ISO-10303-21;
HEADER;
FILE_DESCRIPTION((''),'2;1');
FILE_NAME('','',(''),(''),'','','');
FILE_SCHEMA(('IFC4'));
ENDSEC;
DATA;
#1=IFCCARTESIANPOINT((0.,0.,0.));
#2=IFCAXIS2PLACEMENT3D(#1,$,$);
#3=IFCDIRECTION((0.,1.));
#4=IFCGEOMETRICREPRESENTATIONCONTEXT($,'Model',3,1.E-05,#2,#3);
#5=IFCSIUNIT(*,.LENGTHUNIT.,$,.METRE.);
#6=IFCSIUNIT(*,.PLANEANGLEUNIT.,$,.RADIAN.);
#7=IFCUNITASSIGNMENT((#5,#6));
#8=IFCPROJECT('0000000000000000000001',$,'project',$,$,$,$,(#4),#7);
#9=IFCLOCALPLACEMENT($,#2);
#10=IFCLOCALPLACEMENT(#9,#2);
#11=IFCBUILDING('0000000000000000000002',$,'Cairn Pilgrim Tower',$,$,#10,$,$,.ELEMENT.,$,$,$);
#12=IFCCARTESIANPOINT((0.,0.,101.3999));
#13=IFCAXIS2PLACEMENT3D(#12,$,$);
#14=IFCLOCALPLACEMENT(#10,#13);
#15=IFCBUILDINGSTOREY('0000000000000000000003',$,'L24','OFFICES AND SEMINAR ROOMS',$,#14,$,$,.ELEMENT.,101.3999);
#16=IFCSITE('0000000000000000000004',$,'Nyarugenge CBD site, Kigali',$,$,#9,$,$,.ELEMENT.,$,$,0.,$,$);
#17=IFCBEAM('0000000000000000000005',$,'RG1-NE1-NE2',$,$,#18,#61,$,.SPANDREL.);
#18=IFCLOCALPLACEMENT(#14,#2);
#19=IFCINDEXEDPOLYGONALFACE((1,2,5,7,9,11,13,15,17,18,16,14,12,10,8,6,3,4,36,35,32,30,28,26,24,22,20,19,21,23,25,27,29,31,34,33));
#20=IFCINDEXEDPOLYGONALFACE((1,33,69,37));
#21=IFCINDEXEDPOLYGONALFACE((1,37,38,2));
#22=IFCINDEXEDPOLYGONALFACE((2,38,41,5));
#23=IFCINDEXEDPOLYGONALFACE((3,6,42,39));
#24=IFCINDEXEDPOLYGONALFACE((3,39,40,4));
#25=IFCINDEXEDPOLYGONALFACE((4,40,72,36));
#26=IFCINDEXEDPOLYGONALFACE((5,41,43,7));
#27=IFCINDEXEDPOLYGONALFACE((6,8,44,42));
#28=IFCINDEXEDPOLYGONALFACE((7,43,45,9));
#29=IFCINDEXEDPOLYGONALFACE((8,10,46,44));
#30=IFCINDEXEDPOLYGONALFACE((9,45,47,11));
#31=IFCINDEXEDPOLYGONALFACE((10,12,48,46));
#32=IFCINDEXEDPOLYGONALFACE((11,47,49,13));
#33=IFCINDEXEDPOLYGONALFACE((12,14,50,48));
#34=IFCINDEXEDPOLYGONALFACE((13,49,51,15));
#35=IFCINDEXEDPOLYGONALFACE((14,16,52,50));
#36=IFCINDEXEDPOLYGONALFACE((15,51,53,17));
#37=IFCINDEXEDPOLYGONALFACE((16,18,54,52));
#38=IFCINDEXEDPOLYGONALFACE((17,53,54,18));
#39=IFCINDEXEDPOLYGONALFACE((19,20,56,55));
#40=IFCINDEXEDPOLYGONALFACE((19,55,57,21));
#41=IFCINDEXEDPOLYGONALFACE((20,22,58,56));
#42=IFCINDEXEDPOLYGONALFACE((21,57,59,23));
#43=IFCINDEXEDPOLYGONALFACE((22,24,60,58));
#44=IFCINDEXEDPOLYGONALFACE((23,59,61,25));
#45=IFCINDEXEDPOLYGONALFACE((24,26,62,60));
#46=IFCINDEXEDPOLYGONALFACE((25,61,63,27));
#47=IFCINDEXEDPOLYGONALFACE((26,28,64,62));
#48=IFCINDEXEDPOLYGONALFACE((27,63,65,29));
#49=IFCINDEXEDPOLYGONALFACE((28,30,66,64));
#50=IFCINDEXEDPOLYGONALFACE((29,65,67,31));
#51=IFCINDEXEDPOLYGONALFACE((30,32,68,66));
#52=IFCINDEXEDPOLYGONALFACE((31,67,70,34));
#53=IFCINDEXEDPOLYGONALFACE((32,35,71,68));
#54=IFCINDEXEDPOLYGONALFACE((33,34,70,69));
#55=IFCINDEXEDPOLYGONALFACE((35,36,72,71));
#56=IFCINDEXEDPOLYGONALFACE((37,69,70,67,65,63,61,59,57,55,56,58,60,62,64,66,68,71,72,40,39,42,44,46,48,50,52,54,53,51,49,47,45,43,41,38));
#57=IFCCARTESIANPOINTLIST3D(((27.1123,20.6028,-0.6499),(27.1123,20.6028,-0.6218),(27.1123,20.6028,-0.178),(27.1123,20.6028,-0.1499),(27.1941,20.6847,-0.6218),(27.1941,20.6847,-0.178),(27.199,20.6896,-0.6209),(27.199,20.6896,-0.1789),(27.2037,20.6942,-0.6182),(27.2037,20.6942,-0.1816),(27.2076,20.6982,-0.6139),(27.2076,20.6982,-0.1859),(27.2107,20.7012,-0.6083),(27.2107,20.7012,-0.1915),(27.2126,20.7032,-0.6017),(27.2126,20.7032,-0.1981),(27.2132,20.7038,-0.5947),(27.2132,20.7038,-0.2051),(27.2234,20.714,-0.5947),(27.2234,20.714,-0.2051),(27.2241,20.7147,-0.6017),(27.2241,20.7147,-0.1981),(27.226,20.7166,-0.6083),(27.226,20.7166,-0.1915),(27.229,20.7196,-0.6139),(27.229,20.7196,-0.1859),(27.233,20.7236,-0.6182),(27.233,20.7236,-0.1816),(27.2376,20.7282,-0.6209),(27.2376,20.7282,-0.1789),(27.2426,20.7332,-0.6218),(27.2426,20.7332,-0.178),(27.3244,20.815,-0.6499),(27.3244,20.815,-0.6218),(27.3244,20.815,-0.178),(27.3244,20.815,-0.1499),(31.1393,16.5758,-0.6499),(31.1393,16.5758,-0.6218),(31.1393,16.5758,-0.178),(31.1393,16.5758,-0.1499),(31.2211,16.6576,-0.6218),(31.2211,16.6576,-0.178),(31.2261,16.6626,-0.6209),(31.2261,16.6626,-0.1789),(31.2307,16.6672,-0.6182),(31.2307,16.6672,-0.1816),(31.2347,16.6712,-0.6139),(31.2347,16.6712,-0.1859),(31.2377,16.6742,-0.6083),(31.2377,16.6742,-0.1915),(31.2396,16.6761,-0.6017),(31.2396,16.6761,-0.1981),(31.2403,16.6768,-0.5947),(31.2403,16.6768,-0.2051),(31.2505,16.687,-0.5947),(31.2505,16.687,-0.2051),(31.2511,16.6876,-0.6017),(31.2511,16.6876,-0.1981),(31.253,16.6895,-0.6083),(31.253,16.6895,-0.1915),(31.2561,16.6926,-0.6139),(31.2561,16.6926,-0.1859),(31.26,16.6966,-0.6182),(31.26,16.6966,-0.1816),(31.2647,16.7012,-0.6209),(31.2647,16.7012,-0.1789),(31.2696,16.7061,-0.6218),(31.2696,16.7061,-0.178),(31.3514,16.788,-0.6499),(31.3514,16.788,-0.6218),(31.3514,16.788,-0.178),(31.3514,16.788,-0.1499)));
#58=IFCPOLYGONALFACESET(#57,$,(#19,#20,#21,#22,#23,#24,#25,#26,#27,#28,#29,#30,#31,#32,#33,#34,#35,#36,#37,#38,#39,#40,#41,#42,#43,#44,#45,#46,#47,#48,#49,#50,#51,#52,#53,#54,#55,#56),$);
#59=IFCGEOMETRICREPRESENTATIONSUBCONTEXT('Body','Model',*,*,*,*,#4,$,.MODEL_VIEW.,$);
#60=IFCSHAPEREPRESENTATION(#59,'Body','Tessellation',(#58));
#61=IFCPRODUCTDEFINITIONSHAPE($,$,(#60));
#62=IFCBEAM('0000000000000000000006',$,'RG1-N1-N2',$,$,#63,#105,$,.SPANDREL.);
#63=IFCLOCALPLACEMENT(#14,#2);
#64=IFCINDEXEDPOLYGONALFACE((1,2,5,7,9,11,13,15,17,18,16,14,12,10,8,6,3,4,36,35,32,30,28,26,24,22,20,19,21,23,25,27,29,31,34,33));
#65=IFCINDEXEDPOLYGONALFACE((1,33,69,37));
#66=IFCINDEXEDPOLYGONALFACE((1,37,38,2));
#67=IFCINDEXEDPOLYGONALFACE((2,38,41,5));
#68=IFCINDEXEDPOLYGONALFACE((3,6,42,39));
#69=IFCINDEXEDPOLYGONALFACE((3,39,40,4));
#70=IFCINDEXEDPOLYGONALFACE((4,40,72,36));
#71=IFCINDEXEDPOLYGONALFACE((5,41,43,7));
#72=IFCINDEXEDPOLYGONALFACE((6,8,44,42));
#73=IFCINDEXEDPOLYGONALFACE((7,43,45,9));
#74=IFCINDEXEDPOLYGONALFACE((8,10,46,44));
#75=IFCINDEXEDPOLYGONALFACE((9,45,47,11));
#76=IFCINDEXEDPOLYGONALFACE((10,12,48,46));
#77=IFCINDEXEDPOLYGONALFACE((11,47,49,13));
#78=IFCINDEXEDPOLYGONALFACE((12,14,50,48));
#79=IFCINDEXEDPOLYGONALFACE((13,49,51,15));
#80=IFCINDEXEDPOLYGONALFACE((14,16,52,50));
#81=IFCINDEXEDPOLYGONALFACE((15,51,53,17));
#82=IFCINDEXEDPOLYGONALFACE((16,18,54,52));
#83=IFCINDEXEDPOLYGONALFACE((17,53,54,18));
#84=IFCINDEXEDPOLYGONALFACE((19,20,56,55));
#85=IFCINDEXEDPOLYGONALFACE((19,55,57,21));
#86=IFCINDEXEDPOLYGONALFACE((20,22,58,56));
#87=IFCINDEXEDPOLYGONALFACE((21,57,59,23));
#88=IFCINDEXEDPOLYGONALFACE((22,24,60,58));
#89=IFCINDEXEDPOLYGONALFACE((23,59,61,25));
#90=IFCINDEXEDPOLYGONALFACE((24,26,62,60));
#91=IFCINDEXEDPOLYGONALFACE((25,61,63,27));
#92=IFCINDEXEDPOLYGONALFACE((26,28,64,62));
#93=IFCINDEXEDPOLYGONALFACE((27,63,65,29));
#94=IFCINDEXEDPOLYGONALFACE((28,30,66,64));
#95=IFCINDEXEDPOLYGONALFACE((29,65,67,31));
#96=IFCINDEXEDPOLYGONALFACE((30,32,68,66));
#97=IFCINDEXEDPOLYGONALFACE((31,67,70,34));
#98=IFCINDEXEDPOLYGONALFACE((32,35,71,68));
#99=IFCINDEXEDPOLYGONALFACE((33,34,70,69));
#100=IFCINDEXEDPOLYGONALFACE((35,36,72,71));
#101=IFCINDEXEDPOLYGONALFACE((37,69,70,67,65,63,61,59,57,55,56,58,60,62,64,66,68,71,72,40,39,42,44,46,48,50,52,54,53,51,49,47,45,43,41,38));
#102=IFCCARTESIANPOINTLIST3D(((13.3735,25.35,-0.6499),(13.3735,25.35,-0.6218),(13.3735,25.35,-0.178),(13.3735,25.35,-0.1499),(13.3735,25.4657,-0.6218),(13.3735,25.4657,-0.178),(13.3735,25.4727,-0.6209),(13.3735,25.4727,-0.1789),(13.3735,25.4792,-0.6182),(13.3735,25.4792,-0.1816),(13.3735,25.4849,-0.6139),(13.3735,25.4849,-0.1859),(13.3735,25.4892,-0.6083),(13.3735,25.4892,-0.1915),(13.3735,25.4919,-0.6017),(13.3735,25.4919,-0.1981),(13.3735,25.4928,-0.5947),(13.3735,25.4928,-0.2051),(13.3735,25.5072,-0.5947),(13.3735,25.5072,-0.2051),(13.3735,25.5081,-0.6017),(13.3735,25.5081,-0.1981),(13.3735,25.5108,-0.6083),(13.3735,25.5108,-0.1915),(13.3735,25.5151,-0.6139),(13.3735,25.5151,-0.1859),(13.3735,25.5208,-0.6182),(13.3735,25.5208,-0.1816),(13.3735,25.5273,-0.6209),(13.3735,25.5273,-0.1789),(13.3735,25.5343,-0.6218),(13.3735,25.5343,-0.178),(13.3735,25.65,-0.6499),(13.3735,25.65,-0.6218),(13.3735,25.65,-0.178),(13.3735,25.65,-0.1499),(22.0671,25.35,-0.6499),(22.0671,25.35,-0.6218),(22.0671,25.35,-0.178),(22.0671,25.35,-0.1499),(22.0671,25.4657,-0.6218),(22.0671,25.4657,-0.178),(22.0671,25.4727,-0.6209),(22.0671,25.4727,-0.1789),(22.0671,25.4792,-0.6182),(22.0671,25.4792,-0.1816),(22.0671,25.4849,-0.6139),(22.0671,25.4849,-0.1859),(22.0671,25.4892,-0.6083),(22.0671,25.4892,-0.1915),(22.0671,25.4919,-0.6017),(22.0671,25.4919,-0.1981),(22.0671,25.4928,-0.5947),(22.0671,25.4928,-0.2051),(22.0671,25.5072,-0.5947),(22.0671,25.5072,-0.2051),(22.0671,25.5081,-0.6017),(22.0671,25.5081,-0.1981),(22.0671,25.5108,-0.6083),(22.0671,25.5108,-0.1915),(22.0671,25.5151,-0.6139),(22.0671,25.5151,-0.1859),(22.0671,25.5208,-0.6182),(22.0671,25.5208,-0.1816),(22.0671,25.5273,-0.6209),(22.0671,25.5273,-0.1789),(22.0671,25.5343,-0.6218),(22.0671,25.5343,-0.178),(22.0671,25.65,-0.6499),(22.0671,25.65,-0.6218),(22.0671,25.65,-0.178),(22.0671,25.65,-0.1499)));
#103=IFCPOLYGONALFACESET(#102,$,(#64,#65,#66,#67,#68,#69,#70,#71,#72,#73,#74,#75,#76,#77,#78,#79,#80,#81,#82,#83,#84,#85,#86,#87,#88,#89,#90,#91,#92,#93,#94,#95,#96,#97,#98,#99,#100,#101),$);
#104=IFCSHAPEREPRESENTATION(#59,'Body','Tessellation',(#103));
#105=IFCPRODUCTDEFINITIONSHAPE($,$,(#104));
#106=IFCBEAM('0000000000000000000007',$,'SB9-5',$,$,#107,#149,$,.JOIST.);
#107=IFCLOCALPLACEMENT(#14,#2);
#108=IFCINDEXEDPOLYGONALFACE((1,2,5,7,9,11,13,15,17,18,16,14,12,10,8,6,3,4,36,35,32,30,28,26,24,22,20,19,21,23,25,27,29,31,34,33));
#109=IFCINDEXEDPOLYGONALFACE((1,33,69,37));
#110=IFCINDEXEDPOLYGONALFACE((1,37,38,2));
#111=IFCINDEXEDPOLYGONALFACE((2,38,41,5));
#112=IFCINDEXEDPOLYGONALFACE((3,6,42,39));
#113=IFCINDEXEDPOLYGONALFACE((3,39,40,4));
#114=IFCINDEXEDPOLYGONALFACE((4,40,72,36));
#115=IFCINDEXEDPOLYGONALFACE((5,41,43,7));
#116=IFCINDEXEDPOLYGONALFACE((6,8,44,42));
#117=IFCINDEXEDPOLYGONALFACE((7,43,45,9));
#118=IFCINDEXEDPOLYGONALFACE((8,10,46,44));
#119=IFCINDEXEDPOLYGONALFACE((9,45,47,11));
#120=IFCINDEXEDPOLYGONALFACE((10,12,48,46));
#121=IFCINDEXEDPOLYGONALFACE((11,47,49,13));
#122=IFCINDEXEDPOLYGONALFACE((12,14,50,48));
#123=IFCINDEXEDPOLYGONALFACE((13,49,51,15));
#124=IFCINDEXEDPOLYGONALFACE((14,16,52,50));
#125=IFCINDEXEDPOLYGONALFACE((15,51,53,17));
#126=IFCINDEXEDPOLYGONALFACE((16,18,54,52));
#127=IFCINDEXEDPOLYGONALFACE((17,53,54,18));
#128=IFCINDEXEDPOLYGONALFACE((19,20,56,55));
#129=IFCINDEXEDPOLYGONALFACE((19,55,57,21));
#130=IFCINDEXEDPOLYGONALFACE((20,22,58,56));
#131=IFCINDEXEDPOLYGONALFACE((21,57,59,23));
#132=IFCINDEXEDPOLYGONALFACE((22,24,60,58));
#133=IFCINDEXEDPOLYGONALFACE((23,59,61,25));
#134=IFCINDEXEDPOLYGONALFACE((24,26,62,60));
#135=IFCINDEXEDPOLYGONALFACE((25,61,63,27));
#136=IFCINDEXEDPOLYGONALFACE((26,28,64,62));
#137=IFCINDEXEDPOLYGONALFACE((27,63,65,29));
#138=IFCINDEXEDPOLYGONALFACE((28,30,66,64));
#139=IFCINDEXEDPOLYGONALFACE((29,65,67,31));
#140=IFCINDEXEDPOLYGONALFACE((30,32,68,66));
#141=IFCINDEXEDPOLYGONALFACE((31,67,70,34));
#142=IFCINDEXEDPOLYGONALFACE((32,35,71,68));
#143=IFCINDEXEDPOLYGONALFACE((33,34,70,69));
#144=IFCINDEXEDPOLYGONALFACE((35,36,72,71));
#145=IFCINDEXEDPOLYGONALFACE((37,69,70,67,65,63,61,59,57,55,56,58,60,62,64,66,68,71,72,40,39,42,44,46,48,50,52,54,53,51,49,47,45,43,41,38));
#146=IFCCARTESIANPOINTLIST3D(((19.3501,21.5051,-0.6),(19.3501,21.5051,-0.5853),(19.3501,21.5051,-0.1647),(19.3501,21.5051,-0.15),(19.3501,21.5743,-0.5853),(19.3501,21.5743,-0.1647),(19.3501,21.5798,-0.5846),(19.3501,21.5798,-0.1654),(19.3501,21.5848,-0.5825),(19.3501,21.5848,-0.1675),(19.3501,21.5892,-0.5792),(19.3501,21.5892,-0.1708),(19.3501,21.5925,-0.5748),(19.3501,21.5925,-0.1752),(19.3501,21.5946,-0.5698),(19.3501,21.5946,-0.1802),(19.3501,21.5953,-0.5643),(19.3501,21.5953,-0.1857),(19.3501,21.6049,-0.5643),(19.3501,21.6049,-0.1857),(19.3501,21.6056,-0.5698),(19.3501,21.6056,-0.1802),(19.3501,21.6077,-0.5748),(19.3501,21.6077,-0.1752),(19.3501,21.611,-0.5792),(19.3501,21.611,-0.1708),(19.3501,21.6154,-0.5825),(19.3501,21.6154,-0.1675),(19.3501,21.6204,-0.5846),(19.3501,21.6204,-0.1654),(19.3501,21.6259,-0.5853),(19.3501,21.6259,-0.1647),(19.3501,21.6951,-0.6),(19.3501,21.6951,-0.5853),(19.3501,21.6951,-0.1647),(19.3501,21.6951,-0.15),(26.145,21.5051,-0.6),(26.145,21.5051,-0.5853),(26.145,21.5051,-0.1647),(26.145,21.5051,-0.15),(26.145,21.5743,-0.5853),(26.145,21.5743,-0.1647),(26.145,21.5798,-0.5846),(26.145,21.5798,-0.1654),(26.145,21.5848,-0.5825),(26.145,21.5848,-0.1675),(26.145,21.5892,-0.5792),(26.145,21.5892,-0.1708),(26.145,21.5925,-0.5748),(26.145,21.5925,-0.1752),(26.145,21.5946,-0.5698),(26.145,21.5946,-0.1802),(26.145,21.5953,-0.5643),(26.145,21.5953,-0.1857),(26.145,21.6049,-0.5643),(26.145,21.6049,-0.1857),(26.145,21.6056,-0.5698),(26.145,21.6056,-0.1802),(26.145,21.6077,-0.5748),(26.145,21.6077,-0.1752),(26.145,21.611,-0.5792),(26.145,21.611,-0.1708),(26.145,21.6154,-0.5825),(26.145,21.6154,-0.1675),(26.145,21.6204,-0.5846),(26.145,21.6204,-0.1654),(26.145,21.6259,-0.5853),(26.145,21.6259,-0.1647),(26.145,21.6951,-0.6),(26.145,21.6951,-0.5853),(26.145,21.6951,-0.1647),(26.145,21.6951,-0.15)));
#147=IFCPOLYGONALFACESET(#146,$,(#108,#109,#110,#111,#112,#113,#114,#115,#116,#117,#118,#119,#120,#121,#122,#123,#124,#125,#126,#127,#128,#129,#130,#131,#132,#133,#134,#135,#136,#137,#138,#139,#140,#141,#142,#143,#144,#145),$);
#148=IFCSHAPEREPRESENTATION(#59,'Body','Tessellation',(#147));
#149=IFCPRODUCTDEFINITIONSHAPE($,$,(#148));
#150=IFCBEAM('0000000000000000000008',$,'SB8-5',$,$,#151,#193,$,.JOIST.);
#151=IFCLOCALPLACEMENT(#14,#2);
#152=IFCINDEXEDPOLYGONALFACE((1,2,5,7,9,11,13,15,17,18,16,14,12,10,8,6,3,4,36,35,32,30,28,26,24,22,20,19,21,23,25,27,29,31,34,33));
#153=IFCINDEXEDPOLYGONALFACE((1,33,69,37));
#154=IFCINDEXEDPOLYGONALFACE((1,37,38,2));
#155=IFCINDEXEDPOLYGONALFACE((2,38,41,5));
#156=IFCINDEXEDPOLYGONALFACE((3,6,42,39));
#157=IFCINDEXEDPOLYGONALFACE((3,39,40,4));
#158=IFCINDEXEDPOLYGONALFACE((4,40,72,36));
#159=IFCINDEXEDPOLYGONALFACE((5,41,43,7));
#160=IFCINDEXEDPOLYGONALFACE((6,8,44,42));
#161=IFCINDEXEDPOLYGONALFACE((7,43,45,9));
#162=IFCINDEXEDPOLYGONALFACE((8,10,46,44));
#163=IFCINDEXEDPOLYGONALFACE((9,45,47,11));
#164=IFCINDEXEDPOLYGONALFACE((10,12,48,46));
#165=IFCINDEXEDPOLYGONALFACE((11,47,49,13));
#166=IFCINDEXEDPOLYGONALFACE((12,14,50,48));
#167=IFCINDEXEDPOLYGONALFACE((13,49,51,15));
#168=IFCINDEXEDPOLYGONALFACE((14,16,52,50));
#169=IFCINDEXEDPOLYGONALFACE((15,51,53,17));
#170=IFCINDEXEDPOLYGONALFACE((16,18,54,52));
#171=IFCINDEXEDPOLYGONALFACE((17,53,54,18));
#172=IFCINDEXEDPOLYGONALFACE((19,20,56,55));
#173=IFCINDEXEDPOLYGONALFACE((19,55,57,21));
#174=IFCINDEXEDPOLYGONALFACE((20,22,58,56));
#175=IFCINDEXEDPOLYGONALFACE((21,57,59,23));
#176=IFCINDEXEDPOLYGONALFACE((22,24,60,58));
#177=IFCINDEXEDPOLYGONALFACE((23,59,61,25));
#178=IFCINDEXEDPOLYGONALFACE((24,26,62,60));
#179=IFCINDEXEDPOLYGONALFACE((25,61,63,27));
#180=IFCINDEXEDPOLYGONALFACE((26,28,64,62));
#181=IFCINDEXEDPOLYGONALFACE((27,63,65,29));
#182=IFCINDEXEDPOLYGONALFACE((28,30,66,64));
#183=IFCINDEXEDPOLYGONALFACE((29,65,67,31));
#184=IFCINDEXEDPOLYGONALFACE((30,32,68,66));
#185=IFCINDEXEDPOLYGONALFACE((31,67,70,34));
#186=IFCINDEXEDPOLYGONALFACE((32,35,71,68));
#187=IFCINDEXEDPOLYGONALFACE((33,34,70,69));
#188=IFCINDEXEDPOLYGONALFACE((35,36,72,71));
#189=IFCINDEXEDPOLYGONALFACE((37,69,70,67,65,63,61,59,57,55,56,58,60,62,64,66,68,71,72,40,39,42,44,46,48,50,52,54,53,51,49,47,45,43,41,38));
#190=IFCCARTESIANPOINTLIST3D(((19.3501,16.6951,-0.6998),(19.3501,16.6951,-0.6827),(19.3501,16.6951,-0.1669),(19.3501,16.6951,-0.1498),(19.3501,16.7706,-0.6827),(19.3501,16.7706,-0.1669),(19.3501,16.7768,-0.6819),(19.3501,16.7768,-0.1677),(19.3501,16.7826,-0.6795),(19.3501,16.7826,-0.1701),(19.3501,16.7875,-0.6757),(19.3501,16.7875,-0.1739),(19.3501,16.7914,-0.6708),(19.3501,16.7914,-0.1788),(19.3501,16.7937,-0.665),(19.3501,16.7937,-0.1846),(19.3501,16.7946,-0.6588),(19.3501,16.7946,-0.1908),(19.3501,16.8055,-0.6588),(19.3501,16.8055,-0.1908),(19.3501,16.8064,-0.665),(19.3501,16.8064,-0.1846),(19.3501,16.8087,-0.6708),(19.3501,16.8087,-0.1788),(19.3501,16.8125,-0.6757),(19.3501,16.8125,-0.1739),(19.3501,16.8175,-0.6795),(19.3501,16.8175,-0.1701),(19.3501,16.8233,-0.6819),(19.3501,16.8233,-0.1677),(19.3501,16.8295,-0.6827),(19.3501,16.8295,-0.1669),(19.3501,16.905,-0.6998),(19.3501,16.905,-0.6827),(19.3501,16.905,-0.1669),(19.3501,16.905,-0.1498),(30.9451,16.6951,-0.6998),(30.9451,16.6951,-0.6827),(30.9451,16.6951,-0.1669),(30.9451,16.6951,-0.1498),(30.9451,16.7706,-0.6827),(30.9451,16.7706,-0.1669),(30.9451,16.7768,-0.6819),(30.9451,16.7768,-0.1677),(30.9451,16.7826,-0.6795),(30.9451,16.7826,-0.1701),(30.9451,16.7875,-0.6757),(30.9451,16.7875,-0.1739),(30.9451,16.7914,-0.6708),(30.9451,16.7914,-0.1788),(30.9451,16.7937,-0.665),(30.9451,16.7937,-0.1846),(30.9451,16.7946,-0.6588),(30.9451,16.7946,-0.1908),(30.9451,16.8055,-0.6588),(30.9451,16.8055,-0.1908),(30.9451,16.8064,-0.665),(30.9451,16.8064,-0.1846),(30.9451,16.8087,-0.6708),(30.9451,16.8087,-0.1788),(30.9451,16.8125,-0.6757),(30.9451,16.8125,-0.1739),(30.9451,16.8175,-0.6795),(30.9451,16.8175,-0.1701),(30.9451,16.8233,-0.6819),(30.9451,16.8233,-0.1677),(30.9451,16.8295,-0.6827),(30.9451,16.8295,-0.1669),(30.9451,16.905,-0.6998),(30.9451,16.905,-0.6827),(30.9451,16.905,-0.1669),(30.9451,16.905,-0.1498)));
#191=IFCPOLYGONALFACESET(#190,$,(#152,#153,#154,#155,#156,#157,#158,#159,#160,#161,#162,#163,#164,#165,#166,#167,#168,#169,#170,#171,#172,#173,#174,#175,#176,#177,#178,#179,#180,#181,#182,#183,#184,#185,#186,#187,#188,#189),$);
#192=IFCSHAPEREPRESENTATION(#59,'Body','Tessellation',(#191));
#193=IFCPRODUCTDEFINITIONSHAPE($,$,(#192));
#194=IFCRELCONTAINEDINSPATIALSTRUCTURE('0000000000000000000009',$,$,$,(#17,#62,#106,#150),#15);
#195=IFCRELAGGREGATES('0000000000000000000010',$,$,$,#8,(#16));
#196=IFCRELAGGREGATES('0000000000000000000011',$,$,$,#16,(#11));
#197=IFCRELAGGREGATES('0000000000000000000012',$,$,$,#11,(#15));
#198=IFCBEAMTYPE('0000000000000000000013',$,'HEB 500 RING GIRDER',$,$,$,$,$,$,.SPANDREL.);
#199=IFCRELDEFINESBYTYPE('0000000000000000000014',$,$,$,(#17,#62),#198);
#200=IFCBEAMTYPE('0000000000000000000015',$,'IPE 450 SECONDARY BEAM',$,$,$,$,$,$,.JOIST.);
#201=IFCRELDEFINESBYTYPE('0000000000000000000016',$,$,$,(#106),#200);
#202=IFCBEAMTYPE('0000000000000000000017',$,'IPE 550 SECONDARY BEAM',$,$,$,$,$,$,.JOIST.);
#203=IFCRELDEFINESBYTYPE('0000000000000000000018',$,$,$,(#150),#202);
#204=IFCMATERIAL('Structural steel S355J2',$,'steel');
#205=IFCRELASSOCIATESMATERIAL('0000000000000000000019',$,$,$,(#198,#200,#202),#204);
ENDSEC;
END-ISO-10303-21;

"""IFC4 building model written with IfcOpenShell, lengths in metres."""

from ifc_helpers import new_model, si_unit, direction, frame, origin, origin_2d, place, context, subcontext, project, spatial, i_section, extrude, material, material_profile, profile_set, type_object, element, save


model = new_model("IFC4")

# Units and contexts
model_context = context("Model", 3, precision=1e-05, world=origin(), true_north=direction((0.0, 1.0)))
body_context = subcontext(model_context, "Body", "Model", "MODEL_VIEW")
ifc_project = project(units=[si_unit("LENGTHUNIT", "METRE"), si_unit("PLANEANGLEUNIT", "RADIAN")], contexts=[model_context])

# Site, building, storey
site_placement = place(None, origin())
site = spatial("IfcSite", under=ifc_project, at=site_placement, Name="Nyarugenge CBD site, Kigali", CompositionType="ELEMENT", RefElevation=0.0)
building_placement = place(site_placement, origin())
building = spatial("IfcBuilding", under=site, at=building_placement, Name="Cairn Pilgrim Tower", CompositionType="ELEMENT")
storey_placement = place(building_placement, frame((0.0, 0.0, 101.3999)))
storey = spatial("IfcBuildingStorey", under=building, at=storey_placement, Name="L24", Description="OFFICES AND SEMINAR ROOMS", CompositionType="ELEMENT", Elevation=101.3999)

# Shared definitions
ifc_material_1 = material(Name="Structural steel S355J2", Category="steel")

# Beams
ifc_material_profile_1 = material_profile(ifc_material_1, i_section(OverallWidth=0.3, OverallDepth=0.5, WebThickness=0.0144, FlangeThickness=0.0281, FilletRadius=0.0271, at=origin_2d()), Name="HEB 500")
ifc_profile_set_1 = profile_set([ifc_material_profile_1], Name="Structural steel S355J2")
beam_type_1 = type_object("IfcBeamType", Name="HEB 500 RING GIRDER", PredefinedType="SPANDREL", material=ifc_profile_set_1)
beam_1_placement = place(storey_placement, frame((31.2454, 16.6819, -0.3999), z_axis=(-0.707107, 0.707107, 0.0), x_axis=(-0.707107, -0.707107, 0.0)))
element("IfcBeam", 1, at=beam_1_placement, inside=storey, type_object=beam_type_1, Name="RG1-NE1-NE2", PredefinedType="SPANDREL", context=body_context, shape_type="SweptSolid", body=[
    extrude(i_section(OverallWidth=0.3, OverallDepth=0.5, WebThickness=0.0144, FlangeThickness=0.0281, FilletRadius=0.0271, at=origin_2d()), origin(), (0.0, 0.0, 1.0), 5.6951),
])
beam_2_placement = place(storey_placement, frame((22.0671, 25.5, -0.3999), z_axis=(-1.0, 0.0, 0.0), x_axis=(0.0, -1.0, 0.0)))
element("IfcBeam", 2, at=beam_2_placement, inside=storey, type_object=beam_type_1, Name="RG1-N1-N2", PredefinedType="SPANDREL", context=body_context, shape_type="SweptSolid", body=[
    extrude(i_section(OverallWidth=0.3, OverallDepth=0.5, WebThickness=0.0144, FlangeThickness=0.0281, FilletRadius=0.0271, at=origin_2d()), origin(), (0.0, 0.0, 1.0), 8.6936),
])
ifc_material_profile_2 = material_profile(ifc_material_1, i_section(OverallWidth=0.1899, OverallDepth=0.45, WebThickness=0.0095, FlangeThickness=0.0146, FilletRadius=0.021, at=origin_2d()), Name="IPE 450")
ifc_profile_set_2 = profile_set([ifc_material_profile_2], Name="Structural steel S355J2")
beam_type_2 = type_object("IfcBeamType", Name="IPE 450 SECONDARY BEAM", PredefinedType="JOIST", material=ifc_profile_set_2)
beam_3_placement = place(storey_placement, frame((19.3501, 21.6001, -0.375), z_axis=(1.0, 0.0, 0.0), x_axis=(0.0, 1.0, 0.0)))
element("IfcBeam", 3, at=beam_3_placement, inside=storey, type_object=beam_type_2, Name="SB9-5", PredefinedType="JOIST", context=body_context, shape_type="SweptSolid", body=[
    extrude(i_section(OverallWidth=0.1899, OverallDepth=0.45, WebThickness=0.0095, FlangeThickness=0.0146, FilletRadius=0.021, at=origin_2d()), origin(), (0.0, 0.0, 1.0), 6.7949),
])
ifc_material_profile_3 = material_profile(ifc_material_1, i_section(OverallWidth=0.21, OverallDepth=0.55, WebThickness=0.011, FlangeThickness=0.0171, FilletRadius=0.0239, at=origin_2d()), Name="IPE 550")
ifc_profile_set_3 = profile_set([ifc_material_profile_3], Name="Structural steel S355J2")
beam_type_3 = type_object("IfcBeamType", Name="IPE 550 SECONDARY BEAM", PredefinedType="JOIST", material=ifc_profile_set_3)
beam_4_placement = place(storey_placement, frame((19.3501, 16.8, -0.4248), z_axis=(1.0, 0.0, 0.0), x_axis=(0.0, 1.0, 0.0)))
element("IfcBeam", 4, at=beam_4_placement, inside=storey, type_object=beam_type_3, Name="SB8-5", PredefinedType="JOIST", context=body_context, shape_type="SweptSolid", body=[
    extrude(i_section(OverallWidth=0.21, OverallDepth=0.55, WebThickness=0.011, FlangeThickness=0.0171, FilletRadius=0.0239, at=origin_2d()), origin(), (0.0, 0.0, 1.0), 11.595),
])

save(model, "model.ifc")
